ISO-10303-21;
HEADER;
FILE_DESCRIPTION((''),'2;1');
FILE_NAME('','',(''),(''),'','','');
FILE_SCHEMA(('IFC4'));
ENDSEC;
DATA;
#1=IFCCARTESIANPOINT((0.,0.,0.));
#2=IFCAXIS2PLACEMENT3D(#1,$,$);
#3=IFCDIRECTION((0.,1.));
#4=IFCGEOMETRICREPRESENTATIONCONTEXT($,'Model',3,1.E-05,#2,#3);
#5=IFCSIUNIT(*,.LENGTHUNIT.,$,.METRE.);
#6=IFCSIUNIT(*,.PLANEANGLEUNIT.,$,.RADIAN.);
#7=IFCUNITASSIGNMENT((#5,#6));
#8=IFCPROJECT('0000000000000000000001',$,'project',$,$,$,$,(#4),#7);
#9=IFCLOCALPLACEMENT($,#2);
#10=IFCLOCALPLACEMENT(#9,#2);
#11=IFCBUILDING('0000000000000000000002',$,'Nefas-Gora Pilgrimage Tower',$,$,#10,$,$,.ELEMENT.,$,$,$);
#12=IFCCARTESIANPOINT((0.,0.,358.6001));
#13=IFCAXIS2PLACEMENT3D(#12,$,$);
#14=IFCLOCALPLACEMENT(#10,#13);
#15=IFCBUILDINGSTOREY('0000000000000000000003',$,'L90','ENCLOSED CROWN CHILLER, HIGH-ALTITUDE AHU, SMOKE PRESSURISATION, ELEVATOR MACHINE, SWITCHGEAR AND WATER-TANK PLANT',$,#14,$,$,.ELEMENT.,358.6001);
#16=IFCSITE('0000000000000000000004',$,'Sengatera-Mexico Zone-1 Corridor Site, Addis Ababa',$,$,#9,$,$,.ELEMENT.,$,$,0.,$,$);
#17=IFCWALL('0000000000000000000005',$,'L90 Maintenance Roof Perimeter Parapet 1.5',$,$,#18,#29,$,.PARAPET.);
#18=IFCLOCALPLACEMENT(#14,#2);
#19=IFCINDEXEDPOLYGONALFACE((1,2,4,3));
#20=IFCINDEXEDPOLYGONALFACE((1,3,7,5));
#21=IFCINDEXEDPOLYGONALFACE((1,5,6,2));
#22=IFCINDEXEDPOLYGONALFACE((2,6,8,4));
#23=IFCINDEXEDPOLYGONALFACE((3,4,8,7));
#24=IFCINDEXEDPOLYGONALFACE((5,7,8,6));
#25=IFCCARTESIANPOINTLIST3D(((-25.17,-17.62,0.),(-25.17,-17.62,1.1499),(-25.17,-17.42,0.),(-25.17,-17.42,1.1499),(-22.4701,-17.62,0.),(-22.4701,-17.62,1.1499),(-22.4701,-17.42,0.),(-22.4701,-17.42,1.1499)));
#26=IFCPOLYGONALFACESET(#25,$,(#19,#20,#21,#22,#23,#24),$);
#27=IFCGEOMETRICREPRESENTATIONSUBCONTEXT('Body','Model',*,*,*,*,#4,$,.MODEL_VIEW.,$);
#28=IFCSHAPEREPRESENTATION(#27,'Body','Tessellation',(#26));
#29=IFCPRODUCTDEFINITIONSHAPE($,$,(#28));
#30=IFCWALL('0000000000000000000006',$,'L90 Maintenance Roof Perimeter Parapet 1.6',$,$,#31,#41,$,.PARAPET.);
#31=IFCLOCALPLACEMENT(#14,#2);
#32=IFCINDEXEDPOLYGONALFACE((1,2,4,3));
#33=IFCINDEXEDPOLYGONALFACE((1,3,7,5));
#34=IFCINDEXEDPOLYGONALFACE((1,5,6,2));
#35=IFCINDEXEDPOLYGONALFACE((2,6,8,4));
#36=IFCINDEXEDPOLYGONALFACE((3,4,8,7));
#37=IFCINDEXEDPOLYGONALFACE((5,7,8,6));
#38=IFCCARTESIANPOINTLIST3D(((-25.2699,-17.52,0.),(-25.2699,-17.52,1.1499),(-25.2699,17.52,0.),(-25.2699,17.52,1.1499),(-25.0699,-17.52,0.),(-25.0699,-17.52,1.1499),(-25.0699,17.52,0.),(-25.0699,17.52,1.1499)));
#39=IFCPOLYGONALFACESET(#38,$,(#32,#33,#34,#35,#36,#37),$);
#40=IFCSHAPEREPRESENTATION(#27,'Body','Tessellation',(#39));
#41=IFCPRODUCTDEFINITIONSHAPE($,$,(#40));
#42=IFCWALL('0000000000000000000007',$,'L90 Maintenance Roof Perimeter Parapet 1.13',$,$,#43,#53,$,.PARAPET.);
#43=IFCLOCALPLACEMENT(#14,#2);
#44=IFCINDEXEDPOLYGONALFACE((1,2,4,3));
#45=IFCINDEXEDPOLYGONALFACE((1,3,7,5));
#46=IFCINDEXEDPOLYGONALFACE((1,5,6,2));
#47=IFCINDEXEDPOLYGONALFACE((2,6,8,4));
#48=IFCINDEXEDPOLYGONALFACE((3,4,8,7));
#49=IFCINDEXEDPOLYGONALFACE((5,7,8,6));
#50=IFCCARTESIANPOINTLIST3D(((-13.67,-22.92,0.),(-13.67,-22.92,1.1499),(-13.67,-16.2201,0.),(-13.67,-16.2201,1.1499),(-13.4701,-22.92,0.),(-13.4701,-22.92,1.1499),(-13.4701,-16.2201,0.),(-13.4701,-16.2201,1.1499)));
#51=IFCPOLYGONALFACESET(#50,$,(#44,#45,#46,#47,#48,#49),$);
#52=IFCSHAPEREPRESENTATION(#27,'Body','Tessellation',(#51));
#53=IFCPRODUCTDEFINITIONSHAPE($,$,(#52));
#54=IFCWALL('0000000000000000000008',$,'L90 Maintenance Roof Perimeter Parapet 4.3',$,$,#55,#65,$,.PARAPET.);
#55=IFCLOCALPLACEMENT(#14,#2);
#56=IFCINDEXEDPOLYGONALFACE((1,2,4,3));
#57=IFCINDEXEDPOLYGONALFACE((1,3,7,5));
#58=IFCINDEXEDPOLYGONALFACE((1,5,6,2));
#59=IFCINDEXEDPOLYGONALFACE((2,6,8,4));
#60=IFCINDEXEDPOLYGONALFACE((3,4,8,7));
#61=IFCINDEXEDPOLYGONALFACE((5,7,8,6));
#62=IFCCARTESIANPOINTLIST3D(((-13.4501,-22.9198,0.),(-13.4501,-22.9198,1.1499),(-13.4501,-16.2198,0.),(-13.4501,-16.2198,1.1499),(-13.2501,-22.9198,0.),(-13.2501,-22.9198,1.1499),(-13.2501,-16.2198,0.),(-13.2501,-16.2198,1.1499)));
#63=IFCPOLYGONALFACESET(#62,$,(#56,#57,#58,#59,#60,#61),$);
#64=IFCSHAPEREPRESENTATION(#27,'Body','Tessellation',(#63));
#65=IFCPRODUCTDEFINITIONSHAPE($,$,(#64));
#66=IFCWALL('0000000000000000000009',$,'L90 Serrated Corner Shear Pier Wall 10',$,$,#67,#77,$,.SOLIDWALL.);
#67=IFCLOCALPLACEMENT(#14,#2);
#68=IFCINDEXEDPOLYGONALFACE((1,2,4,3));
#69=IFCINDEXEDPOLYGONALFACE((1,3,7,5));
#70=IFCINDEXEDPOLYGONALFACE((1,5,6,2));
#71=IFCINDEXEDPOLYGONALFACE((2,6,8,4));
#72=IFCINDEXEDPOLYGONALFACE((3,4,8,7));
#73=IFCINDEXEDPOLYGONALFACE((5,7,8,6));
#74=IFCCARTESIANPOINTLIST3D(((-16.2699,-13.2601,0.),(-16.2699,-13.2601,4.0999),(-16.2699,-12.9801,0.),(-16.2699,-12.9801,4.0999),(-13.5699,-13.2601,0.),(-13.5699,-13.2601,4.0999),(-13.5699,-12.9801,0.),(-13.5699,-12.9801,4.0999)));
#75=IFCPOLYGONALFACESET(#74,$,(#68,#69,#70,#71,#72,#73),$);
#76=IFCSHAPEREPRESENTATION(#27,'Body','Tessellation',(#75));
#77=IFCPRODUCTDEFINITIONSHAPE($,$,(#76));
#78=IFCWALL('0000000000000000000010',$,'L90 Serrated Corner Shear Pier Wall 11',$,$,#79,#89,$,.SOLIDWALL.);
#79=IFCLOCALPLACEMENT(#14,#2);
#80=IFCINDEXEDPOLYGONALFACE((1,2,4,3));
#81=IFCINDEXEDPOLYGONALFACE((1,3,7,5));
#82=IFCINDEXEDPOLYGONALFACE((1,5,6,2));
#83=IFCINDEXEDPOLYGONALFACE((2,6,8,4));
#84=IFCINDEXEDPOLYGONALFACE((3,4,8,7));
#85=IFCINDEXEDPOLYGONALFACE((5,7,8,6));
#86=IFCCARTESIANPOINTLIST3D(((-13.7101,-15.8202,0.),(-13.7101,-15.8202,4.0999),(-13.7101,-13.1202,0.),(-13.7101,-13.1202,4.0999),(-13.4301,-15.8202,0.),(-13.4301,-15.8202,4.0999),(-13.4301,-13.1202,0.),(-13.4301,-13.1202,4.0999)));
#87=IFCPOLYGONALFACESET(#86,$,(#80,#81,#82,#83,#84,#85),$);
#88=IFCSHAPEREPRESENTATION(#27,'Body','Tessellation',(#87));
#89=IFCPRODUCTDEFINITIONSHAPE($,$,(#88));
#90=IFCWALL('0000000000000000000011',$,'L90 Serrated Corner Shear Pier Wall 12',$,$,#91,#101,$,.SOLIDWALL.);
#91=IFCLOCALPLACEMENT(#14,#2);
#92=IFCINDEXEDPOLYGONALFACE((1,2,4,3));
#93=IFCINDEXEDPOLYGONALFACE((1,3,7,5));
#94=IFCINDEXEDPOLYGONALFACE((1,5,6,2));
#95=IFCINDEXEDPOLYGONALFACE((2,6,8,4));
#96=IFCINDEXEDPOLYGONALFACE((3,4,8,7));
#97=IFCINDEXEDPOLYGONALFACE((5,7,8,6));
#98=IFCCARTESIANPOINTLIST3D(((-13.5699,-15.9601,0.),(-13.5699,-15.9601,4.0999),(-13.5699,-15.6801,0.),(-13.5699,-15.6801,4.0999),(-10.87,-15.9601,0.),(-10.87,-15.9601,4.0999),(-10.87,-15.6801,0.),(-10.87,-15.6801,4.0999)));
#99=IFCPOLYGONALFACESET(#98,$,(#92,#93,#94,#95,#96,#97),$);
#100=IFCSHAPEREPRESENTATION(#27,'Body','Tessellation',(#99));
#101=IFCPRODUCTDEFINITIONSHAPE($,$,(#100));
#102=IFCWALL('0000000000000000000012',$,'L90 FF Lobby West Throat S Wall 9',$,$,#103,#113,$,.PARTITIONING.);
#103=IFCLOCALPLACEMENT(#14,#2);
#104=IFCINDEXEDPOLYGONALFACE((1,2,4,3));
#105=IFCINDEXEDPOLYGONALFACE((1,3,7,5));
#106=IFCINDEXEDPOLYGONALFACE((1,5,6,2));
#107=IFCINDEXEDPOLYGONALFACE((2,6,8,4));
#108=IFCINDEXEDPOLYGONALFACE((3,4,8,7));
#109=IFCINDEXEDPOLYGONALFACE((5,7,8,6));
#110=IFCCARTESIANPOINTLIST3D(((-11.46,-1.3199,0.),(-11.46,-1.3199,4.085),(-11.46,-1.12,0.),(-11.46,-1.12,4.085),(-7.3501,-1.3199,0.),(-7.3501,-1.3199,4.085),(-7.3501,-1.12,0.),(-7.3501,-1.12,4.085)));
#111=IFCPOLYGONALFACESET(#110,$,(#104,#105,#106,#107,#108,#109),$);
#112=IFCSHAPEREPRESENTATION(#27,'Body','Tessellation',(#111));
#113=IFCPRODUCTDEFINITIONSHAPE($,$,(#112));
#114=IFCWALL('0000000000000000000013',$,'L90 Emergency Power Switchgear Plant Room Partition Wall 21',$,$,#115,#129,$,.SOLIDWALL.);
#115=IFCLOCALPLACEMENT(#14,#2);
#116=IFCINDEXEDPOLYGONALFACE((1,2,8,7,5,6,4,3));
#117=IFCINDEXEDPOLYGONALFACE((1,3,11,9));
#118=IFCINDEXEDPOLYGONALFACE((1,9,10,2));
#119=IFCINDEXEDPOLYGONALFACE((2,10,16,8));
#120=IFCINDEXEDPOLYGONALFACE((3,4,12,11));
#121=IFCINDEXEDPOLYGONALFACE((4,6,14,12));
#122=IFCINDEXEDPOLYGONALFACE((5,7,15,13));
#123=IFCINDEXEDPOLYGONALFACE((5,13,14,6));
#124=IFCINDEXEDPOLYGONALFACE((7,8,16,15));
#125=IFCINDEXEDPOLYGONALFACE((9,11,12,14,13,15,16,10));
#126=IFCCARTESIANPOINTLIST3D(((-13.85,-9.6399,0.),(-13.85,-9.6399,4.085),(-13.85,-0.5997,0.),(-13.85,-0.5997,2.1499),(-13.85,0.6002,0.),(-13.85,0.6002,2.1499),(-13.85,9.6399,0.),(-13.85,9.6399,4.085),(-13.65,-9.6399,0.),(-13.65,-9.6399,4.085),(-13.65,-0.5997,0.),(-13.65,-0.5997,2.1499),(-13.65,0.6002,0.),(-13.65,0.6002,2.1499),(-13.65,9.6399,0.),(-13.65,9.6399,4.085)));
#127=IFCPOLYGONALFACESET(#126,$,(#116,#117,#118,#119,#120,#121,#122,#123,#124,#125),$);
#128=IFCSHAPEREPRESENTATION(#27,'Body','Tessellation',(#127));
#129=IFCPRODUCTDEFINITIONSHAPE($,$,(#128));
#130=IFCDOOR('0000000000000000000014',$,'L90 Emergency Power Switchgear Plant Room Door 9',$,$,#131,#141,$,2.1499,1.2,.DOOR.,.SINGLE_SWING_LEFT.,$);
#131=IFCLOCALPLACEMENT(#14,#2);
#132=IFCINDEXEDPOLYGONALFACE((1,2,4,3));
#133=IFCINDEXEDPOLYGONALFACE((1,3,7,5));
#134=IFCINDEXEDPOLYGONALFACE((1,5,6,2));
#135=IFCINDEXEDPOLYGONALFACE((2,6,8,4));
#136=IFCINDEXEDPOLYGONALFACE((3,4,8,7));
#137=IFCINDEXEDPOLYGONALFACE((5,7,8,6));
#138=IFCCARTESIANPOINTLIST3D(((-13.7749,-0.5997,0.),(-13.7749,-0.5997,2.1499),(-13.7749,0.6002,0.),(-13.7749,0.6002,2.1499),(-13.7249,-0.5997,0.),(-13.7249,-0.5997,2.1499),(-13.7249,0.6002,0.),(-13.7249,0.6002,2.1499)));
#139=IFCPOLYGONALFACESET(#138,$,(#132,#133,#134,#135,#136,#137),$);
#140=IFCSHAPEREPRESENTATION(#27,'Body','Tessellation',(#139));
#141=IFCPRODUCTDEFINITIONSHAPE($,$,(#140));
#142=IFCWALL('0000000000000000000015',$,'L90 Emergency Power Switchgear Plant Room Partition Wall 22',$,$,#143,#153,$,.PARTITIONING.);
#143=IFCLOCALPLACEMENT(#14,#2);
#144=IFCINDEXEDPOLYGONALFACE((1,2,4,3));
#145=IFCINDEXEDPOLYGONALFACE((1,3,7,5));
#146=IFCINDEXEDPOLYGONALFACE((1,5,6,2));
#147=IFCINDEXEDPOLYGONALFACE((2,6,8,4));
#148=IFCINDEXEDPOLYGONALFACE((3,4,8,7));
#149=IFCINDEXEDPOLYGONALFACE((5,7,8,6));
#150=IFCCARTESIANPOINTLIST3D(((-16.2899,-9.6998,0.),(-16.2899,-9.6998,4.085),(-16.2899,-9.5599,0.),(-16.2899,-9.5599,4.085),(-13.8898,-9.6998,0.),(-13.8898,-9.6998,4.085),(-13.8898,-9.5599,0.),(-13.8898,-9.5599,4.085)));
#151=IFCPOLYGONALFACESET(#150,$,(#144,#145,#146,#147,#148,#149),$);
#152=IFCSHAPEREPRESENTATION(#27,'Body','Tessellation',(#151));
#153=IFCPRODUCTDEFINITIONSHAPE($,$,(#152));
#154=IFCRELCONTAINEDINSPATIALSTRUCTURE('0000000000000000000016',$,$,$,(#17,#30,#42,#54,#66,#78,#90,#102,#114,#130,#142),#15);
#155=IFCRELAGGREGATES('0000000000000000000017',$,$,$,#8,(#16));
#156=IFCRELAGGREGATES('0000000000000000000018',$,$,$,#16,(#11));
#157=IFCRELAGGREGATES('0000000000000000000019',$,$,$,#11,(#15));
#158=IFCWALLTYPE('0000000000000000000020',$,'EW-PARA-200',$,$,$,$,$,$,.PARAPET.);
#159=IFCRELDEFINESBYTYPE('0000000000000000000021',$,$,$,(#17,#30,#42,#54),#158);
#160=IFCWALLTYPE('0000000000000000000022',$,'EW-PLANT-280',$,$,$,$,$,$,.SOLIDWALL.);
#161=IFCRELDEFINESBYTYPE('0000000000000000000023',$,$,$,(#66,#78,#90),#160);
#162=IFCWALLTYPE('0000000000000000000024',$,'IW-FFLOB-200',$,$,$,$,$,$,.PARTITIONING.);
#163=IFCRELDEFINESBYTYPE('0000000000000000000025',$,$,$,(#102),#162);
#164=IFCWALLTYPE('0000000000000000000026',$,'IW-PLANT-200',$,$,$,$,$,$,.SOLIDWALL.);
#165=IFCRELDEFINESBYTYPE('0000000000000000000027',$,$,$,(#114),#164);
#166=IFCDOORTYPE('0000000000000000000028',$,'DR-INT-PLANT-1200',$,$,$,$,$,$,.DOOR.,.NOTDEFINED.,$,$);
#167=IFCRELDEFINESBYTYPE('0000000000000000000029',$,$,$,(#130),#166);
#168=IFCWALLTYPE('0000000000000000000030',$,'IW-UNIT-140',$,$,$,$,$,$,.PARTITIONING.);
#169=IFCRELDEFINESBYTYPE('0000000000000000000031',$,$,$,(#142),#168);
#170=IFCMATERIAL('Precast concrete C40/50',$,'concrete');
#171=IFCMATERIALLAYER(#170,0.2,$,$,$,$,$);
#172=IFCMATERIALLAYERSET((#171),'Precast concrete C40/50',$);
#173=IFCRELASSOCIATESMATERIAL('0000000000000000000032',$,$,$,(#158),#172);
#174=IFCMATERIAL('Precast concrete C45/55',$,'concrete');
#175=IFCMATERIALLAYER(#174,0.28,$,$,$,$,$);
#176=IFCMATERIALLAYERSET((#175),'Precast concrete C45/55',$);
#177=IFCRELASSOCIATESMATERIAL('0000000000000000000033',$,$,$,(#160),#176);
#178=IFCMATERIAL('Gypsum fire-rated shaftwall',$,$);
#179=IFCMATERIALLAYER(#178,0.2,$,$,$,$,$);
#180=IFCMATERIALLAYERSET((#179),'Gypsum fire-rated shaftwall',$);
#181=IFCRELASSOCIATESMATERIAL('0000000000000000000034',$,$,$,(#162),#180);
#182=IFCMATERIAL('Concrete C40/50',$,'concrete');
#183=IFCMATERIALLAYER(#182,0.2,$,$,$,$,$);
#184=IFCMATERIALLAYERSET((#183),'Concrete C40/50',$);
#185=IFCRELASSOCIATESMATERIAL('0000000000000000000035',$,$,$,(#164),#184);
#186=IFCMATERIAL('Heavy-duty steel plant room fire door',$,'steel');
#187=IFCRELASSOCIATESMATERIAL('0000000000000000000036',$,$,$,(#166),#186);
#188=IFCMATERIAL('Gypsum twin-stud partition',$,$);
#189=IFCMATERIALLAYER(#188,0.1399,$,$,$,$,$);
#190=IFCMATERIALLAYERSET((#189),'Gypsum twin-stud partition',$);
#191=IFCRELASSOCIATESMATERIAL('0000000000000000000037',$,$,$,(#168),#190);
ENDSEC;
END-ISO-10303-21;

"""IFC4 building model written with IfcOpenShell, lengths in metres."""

from ifc_helpers import new_model, si_unit, direction, frame, frame_2d, origin, place, context, subcontext, project, spatial, rectangle, extrude, source, transform, mapped, material, layer, layer_set, type_object, element, fill, save


model = new_model("IFC4")

# Units and contexts
model_context = context("Model", 3, precision=1e-05, world=origin(), true_north=direction((0.0, 1.0)))
body_context = subcontext(model_context, "Body", "Model", "MODEL_VIEW")
ifc_project = project(units=[si_unit("LENGTHUNIT", "METRE"), si_unit("PLANEANGLEUNIT", "RADIAN")], contexts=[model_context])

# Site, building, storey
site_placement = place(None, origin())
site = spatial("IfcSite", under=ifc_project, at=site_placement, Name="Sengatera-Mexico Zone-1 Corridor Site, Addis Ababa", CompositionType="ELEMENT", RefElevation=0.0)
building_placement = place(site_placement, origin())
building = spatial("IfcBuilding", under=site, at=building_placement, Name="Nefas-Gora Pilgrimage Tower", CompositionType="ELEMENT")
storey_placement = place(building_placement, frame((0.0, 0.0, 358.6001)))
storey = spatial("IfcBuildingStorey", under=building, at=storey_placement, Name="L90", Description="ENCLOSED CROWN CHILLER, HIGH-ALTITUDE AHU, SMOKE PRESSURISATION, ELEVATOR MACHINE, SWITCHGEAR AND WATER-TANK PLANT", CompositionType="ELEMENT", Elevation=358.6001)

# Walls
ifc_material_1 = material(Name="Precast concrete C40/50", Category="concrete")
ifc_layer_1 = layer(ifc_material_1, 0.2)
ifc_layer_set_1 = layer_set([ifc_layer_1], Name="Precast concrete C40/50")
wall_type_1 = type_object("IfcWallType", Name="EW-PARA-200", PredefinedType="PARAPET", material=ifc_layer_set_1)
shared_shape_1 = source(origin(), body_context, "Body", "SweptSolid", [
    extrude(rectangle(XDim=2.7, YDim=0.2, at=frame_2d((1.3501, 0.0))), origin(), (0.0, 0.0, 1.0), 1.1499),
])
for number, where, z_axis, x_axis, name in (
    (1, (-22.47, -17.52, 0.0), (0.0, 0.0, 1.0), (-1.0, 0.0, 0.0), "L90 Maintenance Roof Perimeter Parapet 1.5"),
):
    element("IfcWall", number, at=place(storey_placement, frame(where, z_axis=z_axis, x_axis=x_axis)), inside=storey, type_object=wall_type_1, Name=name, PredefinedType="PARAPET", context=body_context, shape_type="MappedRepresentation", body=[
        mapped(shared_shape_1, transform((0.0, 0.0, 0.0), x_axis=(1.0, 0.0, 0.0), y_axis=(0.0, 1.0, 0.0), z_axis=(0.0, 0.0, 1.0), scale=1.0)),
    ])
shared_shape_2 = source(origin(), body_context, "Body", "SweptSolid", [
    extrude(rectangle(XDim=35.04, YDim=0.2, at=frame_2d((17.52, 0.0))), origin(), (0.0, 0.0, 1.0), 1.1499),
])
wall_1_placement = place(storey_placement, frame((-25.1699, -17.52, 0.0), z_axis=(0.0, 0.0, 1.0), x_axis=(0.0, 1.0, 0.0)))
element("IfcWall", 2, at=wall_1_placement, inside=storey, type_object=wall_type_1, Name="L90 Maintenance Roof Perimeter Parapet 1.6", PredefinedType="PARAPET", context=body_context, shape_type="MappedRepresentation", body=[
    mapped(shared_shape_2, transform((0.0, 0.0, 0.0), x_axis=(1.0, 0.0, 0.0), y_axis=(0.0, 1.0, 0.0), z_axis=(0.0, 0.0, 1.0), scale=1.0)),
])
shared_shape_3 = source(origin(), body_context, "Body", "SweptSolid", [
    extrude(rectangle(XDim=6.7, YDim=0.2, at=frame_2d((3.3501, 0.0))), origin(), (0.0, 0.0, 1.0), 1.1499),
])
for number, where, z_axis, x_axis, name in (
    (3, (-13.5701, -16.22, 0.0), (0.0, 0.0, 1.0), (0.0, -1.0, 0.0), "L90 Maintenance Roof Perimeter Parapet 1.13"),
    (4, (-13.3501, -22.9199, 0.0), (0.0, 0.0, 1.0), (0.0, 1.0, 0.0), "L90 Maintenance Roof Perimeter Parapet 4.3"),
):
    element("IfcWall", number, at=place(storey_placement, frame(where, z_axis=z_axis, x_axis=x_axis)), inside=storey, type_object=wall_type_1, Name=name, PredefinedType="PARAPET", context=body_context, shape_type="MappedRepresentation", body=[
        mapped(shared_shape_3, transform((0.0, 0.0, 0.0), x_axis=(1.0, 0.0, 0.0), y_axis=(0.0, 1.0, 0.0), z_axis=(0.0, 0.0, 1.0), scale=1.0)),
    ])
ifc_material_2 = material(Name="Precast concrete C45/55", Category="concrete")
ifc_layer_2 = layer(ifc_material_2, 0.28)
ifc_layer_set_2 = layer_set([ifc_layer_2], Name="Precast concrete C45/55")
wall_type_2 = type_object("IfcWallType", Name="EW-PLANT-280", PredefinedType="SOLIDWALL", material=ifc_layer_set_2)
shared_shape_4 = source(origin(), body_context, "Body", "SweptSolid", [
    extrude(rectangle(XDim=2.7, YDim=0.28, at=frame_2d((1.3501, 0.0))), origin(), (0.0, 0.0, 1.0), 4.0999),
])
for number, where, z_axis, x_axis, name in (
    (5, (-16.27, -13.1201, 0.0), (0.0, 0.0, 1.0), (1.0, 0.0, 0.0), "L90 Serrated Corner Shear Pier Wall 10"),
    (6, (-13.5701, -13.1201, 0.0), (0.0, 0.0, 1.0), (0.0, -1.0, 0.0), "L90 Serrated Corner Shear Pier Wall 11"),
    (7, (-13.5701, -15.8201, 0.0), (0.0, 0.0, 1.0), (1.0, 0.0, 0.0), "L90 Serrated Corner Shear Pier Wall 12"),
):
    element("IfcWall", number, at=place(storey_placement, frame(where, z_axis=z_axis, x_axis=x_axis)), inside=storey, type_object=wall_type_2, Name=name, PredefinedType="SOLIDWALL", context=body_context, shape_type="MappedRepresentation", body=[
        mapped(shared_shape_4, transform((0.0, 0.0, 0.0), x_axis=(1.0, 0.0, 0.0), y_axis=(0.0, 1.0, 0.0), z_axis=(0.0, 0.0, 1.0), scale=1.0)),
    ])

# Shared definitions
ifc_material_3 = material(Name="Gypsum fire-rated shaftwall")
ifc_layer_3 = layer(ifc_material_3, 0.2)
ifc_layer_set_3 = layer_set([ifc_layer_3], Name="Gypsum fire-rated shaftwall")
wall_type_3 = type_object("IfcWallType", Name="IW-FFLOB-200", PredefinedType="PARTITIONING", material=ifc_layer_set_3)
shared_shape_5 = source(origin(), body_context, "Body", "SweptSolid", [
    extrude(rectangle(XDim=1.2, YDim=2.1499, at=frame_2d((0.6001, 1.075))), frame((0.0, 0.0249, 0.0), z_axis=(0.0, -1.0, 0.0), x_axis=(1.0, 0.0, 0.0)), (0.0, 0.0, 1.0), 0.05),
])

# Wall
shared_shape_6 = source(origin(), body_context, "Body", "SweptSolid", [
    extrude(rectangle(XDim=4.1099, YDim=0.2, at=frame_2d((2.0549, 0.0))), origin(), (0.0, 0.0, 1.0), 4.085),
])
wall_2_placement = place(storey_placement, frame((-11.46, -1.22, 0.0), z_axis=(0.0, 0.0, 1.0), x_axis=(1.0, 0.0, 0.0)))
element("IfcWall", 8, at=wall_2_placement, inside=storey, type_object=wall_type_3, Name="L90 FF Lobby West Throat S Wall 9", PredefinedType="PARTITIONING", context=body_context, shape_type="MappedRepresentation", body=[
    mapped(shared_shape_6, transform((0.0, 0.0, 0.0), x_axis=(1.0, 0.0, 0.0), y_axis=(0.0, 1.0, 0.0), z_axis=(0.0, 0.0, 1.0), scale=1.0)),
])

# Wall, opening, door
ifc_material_4 = material(Name="Concrete C40/50", Category="concrete")
ifc_layer_4 = layer(ifc_material_4, 0.2)
ifc_layer_set_4 = layer_set([ifc_layer_4], Name="Concrete C40/50")
wall_type_4 = type_object("IfcWallType", Name="IW-PLANT-200", PredefinedType="SOLIDWALL", material=ifc_layer_set_4)
shared_shape_7 = source(origin(), body_context, "Body", "SweptSolid", [
    extrude(rectangle(XDim=19.2798, YDim=0.2, at=frame_2d((9.6399, 0.0))), origin(), (0.0, 0.0, 1.0), 4.085),
])
wall_3_placement = place(storey_placement, frame((-13.75, -9.6399, 0.0), z_axis=(0.0, 0.0, 1.0), x_axis=(0.0, 1.0, 0.0)))
wall_3 = element("IfcWall", 9, at=wall_3_placement, inside=storey, type_object=wall_type_4, Name="L90 Emergency Power Switchgear Plant Room Partition Wall 21", PredefinedType="SOLIDWALL", context=body_context, shape_type="MappedRepresentation", body=[
    mapped(shared_shape_7, transform((0.0, 0.0, 0.0), x_axis=(1.0, 0.0, 0.0), y_axis=(0.0, 1.0, 0.0), z_axis=(0.0, 0.0, 1.0), scale=1.0)),
])
opening_1_placement = place(wall_3_placement, frame((9.04, 0.0, 0.0)))
opening_1 = element("IfcOpeningElement", 10, at=opening_1_placement, cuts=wall_3, PredefinedType="OPENING", context=body_context, shape_type="SweptSolid", body=[
    extrude(rectangle(XDim=1.2, YDim=2.1499, at=frame_2d((0.6001, 1.075))), frame((0.0, 0.1099, 0.0), z_axis=(0.0, -1.0, 0.0), x_axis=(1.0, 0.0, 0.0)), (0.0, 0.0, 1.0), 0.22),
])
ifc_material_5 = material(Name="Heavy-duty steel plant room fire door", Category="steel")
door_type_1 = type_object("IfcDoorType", Name="DR-INT-PLANT-1200", OperationType="NOTDEFINED", PredefinedType="DOOR", material=ifc_material_5)
door_1_placement = place(opening_1_placement, origin())
door_1 = element("IfcDoor", 11, at=door_1_placement, inside=storey, type_object=door_type_1, Name="L90 Emergency Power Switchgear Plant Room Door 9", OperationType="SINGLE_SWING_LEFT", OverallHeight=2.1499, OverallWidth=1.2, PredefinedType="DOOR", context=body_context, shape_type="MappedRepresentation", body=[
    mapped(shared_shape_5, transform((0.0, 0.0, 0.0), x_axis=(1.0, 0.0, 0.0), y_axis=(0.0, 1.0, 0.0), z_axis=(0.0, 0.0, 1.0), scale=1.0)),
])
fill(opening_1, door_1)

# Wall
ifc_material_6 = material(Name="Gypsum twin-stud partition")
ifc_layer_5 = layer(ifc_material_6, 0.1399)
ifc_layer_set_5 = layer_set([ifc_layer_5], Name="Gypsum twin-stud partition")
wall_type_5 = type_object("IfcWallType", Name="IW-UNIT-140", PredefinedType="PARTITIONING", material=ifc_layer_set_5)
shared_shape_8 = source(origin(), body_context, "Body", "SweptSolid", [
    extrude(rectangle(XDim=2.4001, YDim=0.1399, at=frame_2d((1.2002, 0.0))), origin(), (0.0, 0.0, 1.0), 4.085),
])
wall_4_placement = place(storey_placement, frame((-16.29, -9.6299, 0.0), z_axis=(0.0, 0.0, 1.0), x_axis=(1.0, 0.0, 0.0)))
element("IfcWall", 12, at=wall_4_placement, inside=storey, type_object=wall_type_5, Name="L90 Emergency Power Switchgear Plant Room Partition Wall 22", PredefinedType="PARTITIONING", context=body_context, shape_type="MappedRepresentation", body=[
    mapped(shared_shape_8, transform((0.0, 0.0, 0.0), x_axis=(1.0, 0.0, 0.0), y_axis=(0.0, 1.0, 0.0), z_axis=(0.0, 0.0, 1.0), scale=1.0)),
])

save(model, "model.ifc")
